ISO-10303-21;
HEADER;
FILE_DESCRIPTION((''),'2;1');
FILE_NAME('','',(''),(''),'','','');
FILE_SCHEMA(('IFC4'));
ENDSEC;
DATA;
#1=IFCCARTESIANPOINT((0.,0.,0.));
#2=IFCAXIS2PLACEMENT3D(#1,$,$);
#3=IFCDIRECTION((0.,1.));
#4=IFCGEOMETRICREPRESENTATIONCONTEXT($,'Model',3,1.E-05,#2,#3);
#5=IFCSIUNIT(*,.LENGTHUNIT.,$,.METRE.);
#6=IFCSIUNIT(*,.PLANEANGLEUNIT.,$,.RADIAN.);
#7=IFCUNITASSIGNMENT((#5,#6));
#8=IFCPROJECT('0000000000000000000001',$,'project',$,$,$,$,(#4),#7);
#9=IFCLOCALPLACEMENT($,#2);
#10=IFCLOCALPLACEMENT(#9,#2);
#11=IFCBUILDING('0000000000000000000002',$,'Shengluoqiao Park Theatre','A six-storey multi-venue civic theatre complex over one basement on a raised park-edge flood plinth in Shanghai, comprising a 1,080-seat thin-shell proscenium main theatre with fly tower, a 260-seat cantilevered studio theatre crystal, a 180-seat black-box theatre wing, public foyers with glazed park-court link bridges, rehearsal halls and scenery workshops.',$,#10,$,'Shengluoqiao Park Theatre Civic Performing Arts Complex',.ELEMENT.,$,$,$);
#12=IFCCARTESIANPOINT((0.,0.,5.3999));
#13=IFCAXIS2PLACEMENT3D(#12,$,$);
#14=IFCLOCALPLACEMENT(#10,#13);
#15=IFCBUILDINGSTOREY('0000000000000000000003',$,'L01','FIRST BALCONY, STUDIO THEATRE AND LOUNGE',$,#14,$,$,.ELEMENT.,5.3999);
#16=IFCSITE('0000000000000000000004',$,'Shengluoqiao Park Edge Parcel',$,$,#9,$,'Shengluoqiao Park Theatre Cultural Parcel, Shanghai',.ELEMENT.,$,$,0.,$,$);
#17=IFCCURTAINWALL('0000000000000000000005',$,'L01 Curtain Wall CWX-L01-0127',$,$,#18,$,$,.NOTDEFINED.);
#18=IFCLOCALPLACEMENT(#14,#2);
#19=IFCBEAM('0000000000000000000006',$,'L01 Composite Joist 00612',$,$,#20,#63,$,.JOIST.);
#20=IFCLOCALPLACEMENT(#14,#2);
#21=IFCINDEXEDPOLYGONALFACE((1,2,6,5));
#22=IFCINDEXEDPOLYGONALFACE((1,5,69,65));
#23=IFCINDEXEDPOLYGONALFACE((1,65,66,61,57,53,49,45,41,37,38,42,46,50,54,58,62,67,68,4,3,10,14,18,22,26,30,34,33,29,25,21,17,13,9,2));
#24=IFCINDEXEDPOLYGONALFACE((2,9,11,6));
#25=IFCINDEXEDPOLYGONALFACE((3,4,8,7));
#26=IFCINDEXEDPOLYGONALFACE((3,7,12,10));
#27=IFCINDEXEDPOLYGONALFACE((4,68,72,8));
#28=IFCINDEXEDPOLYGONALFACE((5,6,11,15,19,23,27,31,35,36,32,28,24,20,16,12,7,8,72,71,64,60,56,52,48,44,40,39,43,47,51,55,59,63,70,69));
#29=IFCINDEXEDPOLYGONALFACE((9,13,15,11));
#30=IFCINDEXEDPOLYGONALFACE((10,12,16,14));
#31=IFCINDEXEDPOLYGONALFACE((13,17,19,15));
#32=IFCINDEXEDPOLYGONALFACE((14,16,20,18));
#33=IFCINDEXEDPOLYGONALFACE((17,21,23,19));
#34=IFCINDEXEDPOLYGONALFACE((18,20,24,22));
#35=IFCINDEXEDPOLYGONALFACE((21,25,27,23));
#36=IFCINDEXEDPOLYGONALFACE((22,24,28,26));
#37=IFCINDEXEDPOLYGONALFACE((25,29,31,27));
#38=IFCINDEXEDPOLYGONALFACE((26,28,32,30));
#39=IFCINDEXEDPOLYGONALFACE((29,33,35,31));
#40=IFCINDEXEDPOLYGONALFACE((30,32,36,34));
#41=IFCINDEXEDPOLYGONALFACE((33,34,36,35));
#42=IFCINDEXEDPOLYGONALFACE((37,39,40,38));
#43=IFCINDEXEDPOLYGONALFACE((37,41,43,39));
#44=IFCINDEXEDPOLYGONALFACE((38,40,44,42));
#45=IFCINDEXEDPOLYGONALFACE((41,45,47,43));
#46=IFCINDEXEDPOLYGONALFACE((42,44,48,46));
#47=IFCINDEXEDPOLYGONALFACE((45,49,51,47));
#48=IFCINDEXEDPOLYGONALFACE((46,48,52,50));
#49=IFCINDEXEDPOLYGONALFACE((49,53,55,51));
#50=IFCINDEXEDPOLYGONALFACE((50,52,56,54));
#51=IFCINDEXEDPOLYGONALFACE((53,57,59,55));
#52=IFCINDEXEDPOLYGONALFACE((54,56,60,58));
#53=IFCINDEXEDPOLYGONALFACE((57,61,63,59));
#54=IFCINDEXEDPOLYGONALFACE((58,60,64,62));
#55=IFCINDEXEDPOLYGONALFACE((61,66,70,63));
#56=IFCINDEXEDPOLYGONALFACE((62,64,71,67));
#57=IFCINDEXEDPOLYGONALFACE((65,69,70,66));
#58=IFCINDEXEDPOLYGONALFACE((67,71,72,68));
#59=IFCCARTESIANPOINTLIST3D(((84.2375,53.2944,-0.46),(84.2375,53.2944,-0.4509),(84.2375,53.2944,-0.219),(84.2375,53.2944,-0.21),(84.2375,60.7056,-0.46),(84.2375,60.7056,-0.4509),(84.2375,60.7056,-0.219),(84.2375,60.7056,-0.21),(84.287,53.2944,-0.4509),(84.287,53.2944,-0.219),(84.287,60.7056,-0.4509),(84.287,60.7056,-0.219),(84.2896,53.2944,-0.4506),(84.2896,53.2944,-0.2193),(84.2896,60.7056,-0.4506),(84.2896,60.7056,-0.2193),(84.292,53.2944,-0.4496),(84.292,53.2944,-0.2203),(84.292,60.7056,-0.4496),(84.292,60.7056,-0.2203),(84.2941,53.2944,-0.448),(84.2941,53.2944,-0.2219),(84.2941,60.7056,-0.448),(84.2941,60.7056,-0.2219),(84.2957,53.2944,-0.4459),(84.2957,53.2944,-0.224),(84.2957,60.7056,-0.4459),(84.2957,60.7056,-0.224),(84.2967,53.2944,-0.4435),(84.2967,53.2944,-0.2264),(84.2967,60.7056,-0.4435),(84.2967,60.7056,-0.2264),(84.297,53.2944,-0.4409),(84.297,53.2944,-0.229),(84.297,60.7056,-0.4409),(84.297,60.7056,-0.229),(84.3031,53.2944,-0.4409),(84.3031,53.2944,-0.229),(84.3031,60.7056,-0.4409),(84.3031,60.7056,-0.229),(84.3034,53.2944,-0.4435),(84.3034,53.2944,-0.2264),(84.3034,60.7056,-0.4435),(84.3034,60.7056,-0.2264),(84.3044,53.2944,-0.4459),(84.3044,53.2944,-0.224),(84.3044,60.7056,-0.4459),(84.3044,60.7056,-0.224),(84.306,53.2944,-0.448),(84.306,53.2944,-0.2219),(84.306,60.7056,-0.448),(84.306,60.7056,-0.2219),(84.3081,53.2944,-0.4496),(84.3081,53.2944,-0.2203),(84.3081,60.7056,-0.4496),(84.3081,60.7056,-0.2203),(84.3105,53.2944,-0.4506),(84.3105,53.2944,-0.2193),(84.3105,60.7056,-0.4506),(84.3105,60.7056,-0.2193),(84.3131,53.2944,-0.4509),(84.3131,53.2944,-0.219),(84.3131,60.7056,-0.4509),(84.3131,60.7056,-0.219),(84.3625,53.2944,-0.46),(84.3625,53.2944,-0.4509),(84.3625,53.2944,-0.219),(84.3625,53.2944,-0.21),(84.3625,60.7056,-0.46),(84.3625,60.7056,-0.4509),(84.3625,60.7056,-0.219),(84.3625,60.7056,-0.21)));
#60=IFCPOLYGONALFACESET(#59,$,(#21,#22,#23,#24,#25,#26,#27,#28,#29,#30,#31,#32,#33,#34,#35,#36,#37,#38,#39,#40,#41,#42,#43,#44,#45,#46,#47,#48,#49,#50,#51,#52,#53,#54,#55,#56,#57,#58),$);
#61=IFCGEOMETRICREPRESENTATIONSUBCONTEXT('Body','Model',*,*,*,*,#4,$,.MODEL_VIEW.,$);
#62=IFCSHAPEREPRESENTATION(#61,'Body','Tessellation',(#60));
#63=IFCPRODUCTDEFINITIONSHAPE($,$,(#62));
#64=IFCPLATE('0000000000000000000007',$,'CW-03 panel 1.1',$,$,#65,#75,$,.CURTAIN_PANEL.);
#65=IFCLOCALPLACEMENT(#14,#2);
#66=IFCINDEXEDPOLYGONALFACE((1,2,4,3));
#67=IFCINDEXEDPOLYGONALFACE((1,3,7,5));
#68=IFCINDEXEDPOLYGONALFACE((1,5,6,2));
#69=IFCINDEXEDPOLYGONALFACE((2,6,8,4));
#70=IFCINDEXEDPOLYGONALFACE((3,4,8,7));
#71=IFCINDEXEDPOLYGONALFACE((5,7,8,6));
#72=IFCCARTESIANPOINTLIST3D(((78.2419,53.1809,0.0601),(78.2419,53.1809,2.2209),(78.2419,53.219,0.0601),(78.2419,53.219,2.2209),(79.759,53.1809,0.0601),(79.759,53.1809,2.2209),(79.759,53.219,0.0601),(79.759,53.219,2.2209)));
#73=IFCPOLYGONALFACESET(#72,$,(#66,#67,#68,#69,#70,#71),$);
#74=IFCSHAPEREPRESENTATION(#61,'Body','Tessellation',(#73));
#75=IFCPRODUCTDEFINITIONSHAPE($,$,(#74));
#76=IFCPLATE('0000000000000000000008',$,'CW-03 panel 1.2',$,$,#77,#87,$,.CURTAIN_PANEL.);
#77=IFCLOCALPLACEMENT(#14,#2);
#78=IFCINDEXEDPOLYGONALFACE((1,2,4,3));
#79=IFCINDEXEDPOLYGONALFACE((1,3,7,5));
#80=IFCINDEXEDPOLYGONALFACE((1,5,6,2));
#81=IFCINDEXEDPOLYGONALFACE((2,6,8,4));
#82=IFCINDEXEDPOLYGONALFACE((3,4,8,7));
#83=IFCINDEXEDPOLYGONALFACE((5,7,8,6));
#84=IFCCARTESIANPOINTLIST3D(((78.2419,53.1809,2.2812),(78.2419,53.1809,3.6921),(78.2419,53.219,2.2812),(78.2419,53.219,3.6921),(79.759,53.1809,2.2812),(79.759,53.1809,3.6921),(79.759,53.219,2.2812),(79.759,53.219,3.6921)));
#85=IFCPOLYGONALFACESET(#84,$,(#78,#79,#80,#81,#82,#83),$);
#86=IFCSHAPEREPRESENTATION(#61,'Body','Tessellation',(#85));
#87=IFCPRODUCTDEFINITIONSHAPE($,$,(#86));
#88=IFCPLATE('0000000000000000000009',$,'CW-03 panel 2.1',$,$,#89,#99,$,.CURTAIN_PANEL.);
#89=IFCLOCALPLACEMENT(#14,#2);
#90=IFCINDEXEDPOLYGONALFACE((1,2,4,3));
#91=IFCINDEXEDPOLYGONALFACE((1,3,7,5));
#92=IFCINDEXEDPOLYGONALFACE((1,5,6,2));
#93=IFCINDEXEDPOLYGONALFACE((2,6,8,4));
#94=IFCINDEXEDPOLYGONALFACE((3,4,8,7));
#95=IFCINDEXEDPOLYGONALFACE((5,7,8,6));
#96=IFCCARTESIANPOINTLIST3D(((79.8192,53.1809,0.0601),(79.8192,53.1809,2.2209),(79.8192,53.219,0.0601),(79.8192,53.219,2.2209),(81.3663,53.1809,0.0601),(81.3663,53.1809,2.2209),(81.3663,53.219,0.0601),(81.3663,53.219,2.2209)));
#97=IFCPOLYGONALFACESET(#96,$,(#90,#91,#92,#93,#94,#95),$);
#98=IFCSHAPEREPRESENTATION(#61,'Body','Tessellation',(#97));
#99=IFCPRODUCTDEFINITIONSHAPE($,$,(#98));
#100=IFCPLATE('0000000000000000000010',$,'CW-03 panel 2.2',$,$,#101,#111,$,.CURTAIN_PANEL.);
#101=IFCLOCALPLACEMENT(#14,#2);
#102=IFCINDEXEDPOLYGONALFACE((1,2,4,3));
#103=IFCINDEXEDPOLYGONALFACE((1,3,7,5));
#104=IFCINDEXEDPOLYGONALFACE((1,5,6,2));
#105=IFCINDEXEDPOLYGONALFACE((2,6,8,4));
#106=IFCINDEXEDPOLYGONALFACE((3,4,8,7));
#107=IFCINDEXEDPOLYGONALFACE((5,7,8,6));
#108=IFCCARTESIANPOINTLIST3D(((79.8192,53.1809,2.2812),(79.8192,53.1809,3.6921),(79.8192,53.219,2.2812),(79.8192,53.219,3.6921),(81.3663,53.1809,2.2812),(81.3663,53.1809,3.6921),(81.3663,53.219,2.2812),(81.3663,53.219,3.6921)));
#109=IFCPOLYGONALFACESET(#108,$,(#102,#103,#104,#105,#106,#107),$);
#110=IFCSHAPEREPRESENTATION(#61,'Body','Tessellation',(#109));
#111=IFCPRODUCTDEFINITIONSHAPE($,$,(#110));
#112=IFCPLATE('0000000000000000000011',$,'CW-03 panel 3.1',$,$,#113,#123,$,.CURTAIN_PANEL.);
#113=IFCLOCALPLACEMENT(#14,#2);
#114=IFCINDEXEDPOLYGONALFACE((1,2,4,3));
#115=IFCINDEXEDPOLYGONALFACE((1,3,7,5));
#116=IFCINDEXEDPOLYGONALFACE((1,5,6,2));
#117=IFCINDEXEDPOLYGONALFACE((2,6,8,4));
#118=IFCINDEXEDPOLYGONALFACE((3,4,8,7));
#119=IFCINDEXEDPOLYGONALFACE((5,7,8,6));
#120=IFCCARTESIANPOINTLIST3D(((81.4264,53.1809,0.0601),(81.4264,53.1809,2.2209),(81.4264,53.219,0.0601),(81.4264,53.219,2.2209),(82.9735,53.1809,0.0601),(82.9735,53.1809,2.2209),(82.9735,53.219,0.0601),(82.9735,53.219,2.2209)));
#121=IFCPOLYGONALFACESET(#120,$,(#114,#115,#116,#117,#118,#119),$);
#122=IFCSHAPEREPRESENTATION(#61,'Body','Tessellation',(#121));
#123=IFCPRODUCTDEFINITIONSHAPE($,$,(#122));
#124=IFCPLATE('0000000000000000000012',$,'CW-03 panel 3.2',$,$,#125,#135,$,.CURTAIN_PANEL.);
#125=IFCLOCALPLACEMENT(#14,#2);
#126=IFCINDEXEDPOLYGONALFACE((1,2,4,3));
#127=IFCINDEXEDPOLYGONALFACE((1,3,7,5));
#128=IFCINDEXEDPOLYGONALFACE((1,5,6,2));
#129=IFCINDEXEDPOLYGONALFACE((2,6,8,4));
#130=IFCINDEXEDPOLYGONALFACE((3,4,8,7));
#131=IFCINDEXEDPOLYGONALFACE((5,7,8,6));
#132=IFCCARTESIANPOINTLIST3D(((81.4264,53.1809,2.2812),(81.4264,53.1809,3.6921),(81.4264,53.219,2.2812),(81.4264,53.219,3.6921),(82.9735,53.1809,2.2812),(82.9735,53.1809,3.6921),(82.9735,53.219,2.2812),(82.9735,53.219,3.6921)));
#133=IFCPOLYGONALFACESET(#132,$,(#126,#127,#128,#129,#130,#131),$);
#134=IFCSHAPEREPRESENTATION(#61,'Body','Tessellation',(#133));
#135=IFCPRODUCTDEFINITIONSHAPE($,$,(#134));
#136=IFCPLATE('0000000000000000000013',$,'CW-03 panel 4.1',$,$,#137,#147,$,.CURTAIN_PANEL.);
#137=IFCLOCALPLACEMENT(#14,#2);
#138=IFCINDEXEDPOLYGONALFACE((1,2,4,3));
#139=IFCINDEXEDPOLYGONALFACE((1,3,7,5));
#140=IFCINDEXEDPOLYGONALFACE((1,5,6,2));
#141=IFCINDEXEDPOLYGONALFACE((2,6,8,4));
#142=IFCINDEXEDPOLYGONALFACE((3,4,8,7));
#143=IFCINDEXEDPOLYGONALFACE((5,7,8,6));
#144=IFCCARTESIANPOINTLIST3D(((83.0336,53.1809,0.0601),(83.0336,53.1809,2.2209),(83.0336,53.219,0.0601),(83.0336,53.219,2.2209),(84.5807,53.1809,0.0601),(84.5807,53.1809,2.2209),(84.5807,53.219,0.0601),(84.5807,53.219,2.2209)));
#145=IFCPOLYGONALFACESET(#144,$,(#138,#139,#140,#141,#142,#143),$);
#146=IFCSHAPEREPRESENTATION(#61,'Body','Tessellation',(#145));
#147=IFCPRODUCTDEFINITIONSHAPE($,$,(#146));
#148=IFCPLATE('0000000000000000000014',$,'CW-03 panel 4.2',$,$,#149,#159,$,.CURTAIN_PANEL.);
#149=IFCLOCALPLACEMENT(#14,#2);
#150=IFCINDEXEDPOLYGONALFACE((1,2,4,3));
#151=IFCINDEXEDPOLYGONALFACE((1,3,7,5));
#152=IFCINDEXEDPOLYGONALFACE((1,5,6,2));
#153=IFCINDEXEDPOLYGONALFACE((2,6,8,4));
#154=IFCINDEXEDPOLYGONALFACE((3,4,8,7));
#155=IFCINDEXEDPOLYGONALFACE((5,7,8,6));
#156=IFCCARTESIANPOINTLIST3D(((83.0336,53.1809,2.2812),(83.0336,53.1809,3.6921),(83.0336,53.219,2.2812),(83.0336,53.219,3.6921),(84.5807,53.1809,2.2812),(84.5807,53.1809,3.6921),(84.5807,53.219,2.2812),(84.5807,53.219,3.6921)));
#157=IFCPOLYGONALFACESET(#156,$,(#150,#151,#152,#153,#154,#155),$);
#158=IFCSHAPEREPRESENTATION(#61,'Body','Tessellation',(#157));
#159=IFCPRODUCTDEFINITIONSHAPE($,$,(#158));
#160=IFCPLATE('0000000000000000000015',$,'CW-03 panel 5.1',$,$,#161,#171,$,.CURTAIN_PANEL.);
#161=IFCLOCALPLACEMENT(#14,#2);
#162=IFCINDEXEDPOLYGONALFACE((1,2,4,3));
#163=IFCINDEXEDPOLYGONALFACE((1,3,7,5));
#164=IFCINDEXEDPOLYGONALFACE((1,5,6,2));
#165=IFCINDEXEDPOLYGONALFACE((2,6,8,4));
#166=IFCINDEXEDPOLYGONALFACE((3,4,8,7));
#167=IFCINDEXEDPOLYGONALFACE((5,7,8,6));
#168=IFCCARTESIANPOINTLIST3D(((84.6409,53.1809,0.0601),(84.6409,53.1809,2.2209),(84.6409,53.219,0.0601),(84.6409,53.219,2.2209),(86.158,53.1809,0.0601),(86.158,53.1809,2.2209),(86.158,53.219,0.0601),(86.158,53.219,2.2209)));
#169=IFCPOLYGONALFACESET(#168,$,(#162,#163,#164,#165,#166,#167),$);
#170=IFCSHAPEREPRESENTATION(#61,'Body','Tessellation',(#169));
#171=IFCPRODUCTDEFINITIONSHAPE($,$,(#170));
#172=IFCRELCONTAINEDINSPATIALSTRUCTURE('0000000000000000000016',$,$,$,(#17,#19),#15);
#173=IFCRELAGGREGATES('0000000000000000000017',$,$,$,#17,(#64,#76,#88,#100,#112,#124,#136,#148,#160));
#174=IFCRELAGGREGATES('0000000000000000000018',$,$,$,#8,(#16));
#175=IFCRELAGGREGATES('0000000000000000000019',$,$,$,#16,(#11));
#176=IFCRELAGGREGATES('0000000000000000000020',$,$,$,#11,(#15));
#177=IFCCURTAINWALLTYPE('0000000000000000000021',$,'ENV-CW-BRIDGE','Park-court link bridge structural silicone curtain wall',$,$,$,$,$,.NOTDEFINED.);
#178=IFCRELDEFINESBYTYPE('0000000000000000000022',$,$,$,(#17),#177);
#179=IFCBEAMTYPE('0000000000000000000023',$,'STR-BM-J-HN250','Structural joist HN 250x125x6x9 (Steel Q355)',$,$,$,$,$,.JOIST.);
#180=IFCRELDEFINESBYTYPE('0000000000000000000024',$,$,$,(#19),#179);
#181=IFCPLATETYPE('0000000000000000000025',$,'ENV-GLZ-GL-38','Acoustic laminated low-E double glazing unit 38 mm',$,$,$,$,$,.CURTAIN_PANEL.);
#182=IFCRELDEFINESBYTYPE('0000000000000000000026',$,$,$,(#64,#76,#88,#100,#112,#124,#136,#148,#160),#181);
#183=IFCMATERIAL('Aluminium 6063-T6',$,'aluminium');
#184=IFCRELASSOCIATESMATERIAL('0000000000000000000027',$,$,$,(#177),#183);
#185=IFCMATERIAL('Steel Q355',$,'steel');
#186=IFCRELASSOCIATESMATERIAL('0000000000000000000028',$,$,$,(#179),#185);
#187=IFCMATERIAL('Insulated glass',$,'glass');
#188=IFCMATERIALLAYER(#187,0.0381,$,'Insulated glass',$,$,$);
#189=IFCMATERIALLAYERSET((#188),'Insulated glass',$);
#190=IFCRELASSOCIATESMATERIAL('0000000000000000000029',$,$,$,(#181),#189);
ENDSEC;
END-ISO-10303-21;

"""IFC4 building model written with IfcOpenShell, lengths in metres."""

from ifc_helpers import new_model, si_unit, direction, frame, origin, origin_2d, place, context, subcontext, project, spatial, rectangle, i_section, extrude, material, layer, layer_set, material_profile, profile_set, type_object, element, aggregate, save


model = new_model("IFC4")

# Units and contexts
model_context = context("Model", 3, precision=1e-05, world=origin(), true_north=direction((0.0, 1.0)))
body_context = subcontext(model_context, "Body", "Model", "MODEL_VIEW")
ifc_project = project(units=[si_unit("LENGTHUNIT", "METRE"), si_unit("PLANEANGLEUNIT", "RADIAN")], contexts=[model_context])

# Site, building, storey
site_placement = place(None, origin())
site = spatial("IfcSite", under=ifc_project, at=site_placement, Name="Shengluoqiao Park Edge Parcel", LongName="Shengluoqiao Park Theatre Cultural Parcel, Shanghai", CompositionType="ELEMENT", RefElevation=0.0)
building_placement = place(site_placement, origin())
building = spatial("IfcBuilding", under=site, at=building_placement, Name="Shengluoqiao Park Theatre", Description="A six-storey multi-venue civic theatre complex over one basement on a raised park-edge flood plinth in Shanghai, comprising a 1,080-seat thin-shell proscenium main theatre with fly tower, a 260-seat cantilevered studio theatre crystal, a 180-seat black-box theatre wing, public foyers with glazed park-court link bridges, rehearsal halls and scenery workshops.", LongName="Shengluoqiao Park Theatre Civic Performing Arts Complex", CompositionType="ELEMENT")
storey_placement = place(building_placement, frame((0.0, 0.0, 5.3999)))
storey = spatial("IfcBuildingStorey", under=building, at=storey_placement, Name="L01", Description="FIRST BALCONY, STUDIO THEATRE AND LOUNGE", CompositionType="ELEMENT", Elevation=5.3999)

# Curtain wall
ifc_material_1 = material(Name="Aluminium 6063-T6", Category="aluminium")
curtain_wall_type = type_object("IfcCurtainWallType", Name="ENV-CW-BRIDGE", Description="Park-court link bridge structural silicone curtain wall", PredefinedType="NOTDEFINED", material=ifc_material_1)
curtain_wall_placement = place(storey_placement, origin())
curtain_wall = element("IfcCurtainWall", 1, at=curtain_wall_placement, inside=storey, type_object=curtain_wall_type, Name="L01 Curtain Wall CWX-L01-0127", PredefinedType="NOTDEFINED")

# Beam
ifc_material_2 = material(Name="Steel Q355", Category="steel")
ifc_material_profile_1 = material_profile(ifc_material_2, i_section(OverallWidth=0.125, OverallDepth=0.25, WebThickness=0.0061, FlangeThickness=0.009, FilletRadius=0.01, at=origin_2d()), Name="HN 250x125x6x9")
ifc_profile_set_1 = profile_set([ifc_material_profile_1], Name="Steel Q355")
beam_type = type_object("IfcBeamType", Name="STR-BM-J-HN250", Description="Structural joist HN 250x125x6x9 (Steel Q355)", PredefinedType="JOIST", material=ifc_profile_set_1)
for number, where, z_axis, x_axis, name in (
    (2, (84.3, 53.2944, -0.335), (0.0, 1.0, 0.0), (-1.0, 0.0, 0.0), "L01 Composite Joist 00612"),
):
    element("IfcBeam", number, at=place(storey_placement, frame(where, z_axis=z_axis, x_axis=x_axis)), inside=storey, type_object=beam_type, Name=name, PredefinedType="JOIST", context=body_context, shape_type="SweptSolid", body=[
        extrude(i_section(OverallWidth=0.125, OverallDepth=0.25, WebThickness=0.0061, FlangeThickness=0.009, FilletRadius=0.01, at=origin_2d()), origin(), (0.0, 0.0, 1.0), 7.4111),
    ])

# Plates
ifc_material_3 = material(Name="Insulated glass", Category="glass")
ifc_layer = layer(ifc_material_3, 0.0381, Name="Insulated glass")
ifc_layer_set = layer_set([ifc_layer], Name="Insulated glass")
plate_type = type_object("IfcPlateType", Name="ENV-GLZ-GL-38", Description="Acoustic laminated low-E double glazing unit 38 mm", PredefinedType="CURTAIN_PANEL", material=ifc_layer_set)
plate_1_placement = place(storey_placement, frame((79.0005, 53.2, 0.0601), z_axis=(0.0, 0.0, 1.0), x_axis=(1.0, 0.0, 0.0)))
plate_1 = element("IfcPlate", 3, at=plate_1_placement, type_object=plate_type, Name="CW-03 panel 1.1", PredefinedType="CURTAIN_PANEL", context=body_context, shape_type="SweptSolid", body=[
    extrude(rectangle(XDim=1.5171, YDim=0.0381, at=origin_2d()), origin(), (0.0, 0.0, 1.0), 2.1609),
])
plate_2_placement = place(storey_placement, frame((79.0005, 53.2, 2.2812), z_axis=(0.0, 0.0, 1.0), x_axis=(1.0, 0.0, 0.0)))
plate_2 = element("IfcPlate", 4, at=plate_2_placement, type_object=plate_type, Name="CW-03 panel 1.2", PredefinedType="CURTAIN_PANEL", context=body_context, shape_type="SweptSolid", body=[
    extrude(rectangle(XDim=1.5171, YDim=0.0381, at=origin_2d()), origin(), (0.0, 0.0, 1.0), 1.4109),
])
plate_3_placement = place(storey_placement, frame((80.5928, 53.2, 0.0601), z_axis=(0.0, 0.0, 1.0), x_axis=(1.0, 0.0, 0.0)))
plate_3 = element("IfcPlate", 5, at=plate_3_placement, type_object=plate_type, Name="CW-03 panel 2.1", PredefinedType="CURTAIN_PANEL", context=body_context, shape_type="SweptSolid", body=[
    extrude(rectangle(XDim=1.5471, YDim=0.0381, at=origin_2d()), origin(), (0.0, 0.0, 1.0), 2.1609),
])
plate_4_placement = place(storey_placement, frame((80.5928, 53.2, 2.2812), z_axis=(0.0, 0.0, 1.0), x_axis=(1.0, 0.0, 0.0)))
plate_4 = element("IfcPlate", 6, at=plate_4_placement, type_object=plate_type, Name="CW-03 panel 2.2", PredefinedType="CURTAIN_PANEL", context=body_context, shape_type="SweptSolid", body=[
    extrude(rectangle(XDim=1.5471, YDim=0.0381, at=origin_2d()), origin(), (0.0, 0.0, 1.0), 1.4109),
])
plate_5_placement = place(storey_placement, frame((82.2, 53.2, 0.0601), z_axis=(0.0, 0.0, 1.0), x_axis=(1.0, 0.0, 0.0)))
plate_5 = element("IfcPlate", 7, at=plate_5_placement, type_object=plate_type, Name="CW-03 panel 3.1", PredefinedType="CURTAIN_PANEL", context=body_context, shape_type="SweptSolid", body=[
    extrude(rectangle(XDim=1.5471, YDim=0.0381, at=origin_2d()), origin(), (0.0, 0.0, 1.0), 2.1609),
])
plate_6_placement = place(storey_placement, frame((82.2, 53.2, 2.2812), z_axis=(0.0, 0.0, 1.0), x_axis=(1.0, 0.0, 0.0)))
plate_6 = element("IfcPlate", 8, at=plate_6_placement, type_object=plate_type, Name="CW-03 panel 3.2", PredefinedType="CURTAIN_PANEL", context=body_context, shape_type="SweptSolid", body=[
    extrude(rectangle(XDim=1.5471, YDim=0.0381, at=origin_2d()), origin(), (0.0, 0.0, 1.0), 1.4109),
])
plate_7_placement = place(storey_placement, frame((83.8071, 53.2, 0.0601), z_axis=(0.0, 0.0, 1.0), x_axis=(1.0, 0.0, 0.0)))
plate_7 = element("IfcPlate", 9, at=plate_7_placement, type_object=plate_type, Name="CW-03 panel 4.1", PredefinedType="CURTAIN_PANEL", context=body_context, shape_type="SweptSolid", body=[
    extrude(rectangle(XDim=1.5471, YDim=0.0381, at=origin_2d()), origin(), (0.0, 0.0, 1.0), 2.1609),
])
plate_8_placement = place(storey_placement, frame((83.8071, 53.2, 2.2812), z_axis=(0.0, 0.0, 1.0), x_axis=(1.0, 0.0, 0.0)))
plate_8 = element("IfcPlate", 10, at=plate_8_placement, type_object=plate_type, Name="CW-03 panel 4.2", PredefinedType="CURTAIN_PANEL", context=body_context, shape_type="SweptSolid", body=[
    extrude(rectangle(XDim=1.5471, YDim=0.0381, at=origin_2d()), origin(), (0.0, 0.0, 1.0), 1.4109),
])
plate_9_placement = place(storey_placement, frame((85.3994, 53.2, 0.0601), z_axis=(0.0, 0.0, 1.0), x_axis=(1.0, 0.0, 0.0)))
plate_9 = element("IfcPlate", 11, at=plate_9_placement, type_object=plate_type, Name="CW-03 panel 5.1", PredefinedType="CURTAIN_PANEL", context=body_context, shape_type="SweptSolid", body=[
    extrude(rectangle(XDim=1.5171, YDim=0.0381, at=origin_2d()), origin(), (0.0, 0.0, 1.0), 2.1609),
])
aggregate(curtain_wall, [plate_1, plate_2, plate_3, plate_4, plate_5, plate_6, plate_7, plate_8, plate_9])

save(model, "model.ifc")
